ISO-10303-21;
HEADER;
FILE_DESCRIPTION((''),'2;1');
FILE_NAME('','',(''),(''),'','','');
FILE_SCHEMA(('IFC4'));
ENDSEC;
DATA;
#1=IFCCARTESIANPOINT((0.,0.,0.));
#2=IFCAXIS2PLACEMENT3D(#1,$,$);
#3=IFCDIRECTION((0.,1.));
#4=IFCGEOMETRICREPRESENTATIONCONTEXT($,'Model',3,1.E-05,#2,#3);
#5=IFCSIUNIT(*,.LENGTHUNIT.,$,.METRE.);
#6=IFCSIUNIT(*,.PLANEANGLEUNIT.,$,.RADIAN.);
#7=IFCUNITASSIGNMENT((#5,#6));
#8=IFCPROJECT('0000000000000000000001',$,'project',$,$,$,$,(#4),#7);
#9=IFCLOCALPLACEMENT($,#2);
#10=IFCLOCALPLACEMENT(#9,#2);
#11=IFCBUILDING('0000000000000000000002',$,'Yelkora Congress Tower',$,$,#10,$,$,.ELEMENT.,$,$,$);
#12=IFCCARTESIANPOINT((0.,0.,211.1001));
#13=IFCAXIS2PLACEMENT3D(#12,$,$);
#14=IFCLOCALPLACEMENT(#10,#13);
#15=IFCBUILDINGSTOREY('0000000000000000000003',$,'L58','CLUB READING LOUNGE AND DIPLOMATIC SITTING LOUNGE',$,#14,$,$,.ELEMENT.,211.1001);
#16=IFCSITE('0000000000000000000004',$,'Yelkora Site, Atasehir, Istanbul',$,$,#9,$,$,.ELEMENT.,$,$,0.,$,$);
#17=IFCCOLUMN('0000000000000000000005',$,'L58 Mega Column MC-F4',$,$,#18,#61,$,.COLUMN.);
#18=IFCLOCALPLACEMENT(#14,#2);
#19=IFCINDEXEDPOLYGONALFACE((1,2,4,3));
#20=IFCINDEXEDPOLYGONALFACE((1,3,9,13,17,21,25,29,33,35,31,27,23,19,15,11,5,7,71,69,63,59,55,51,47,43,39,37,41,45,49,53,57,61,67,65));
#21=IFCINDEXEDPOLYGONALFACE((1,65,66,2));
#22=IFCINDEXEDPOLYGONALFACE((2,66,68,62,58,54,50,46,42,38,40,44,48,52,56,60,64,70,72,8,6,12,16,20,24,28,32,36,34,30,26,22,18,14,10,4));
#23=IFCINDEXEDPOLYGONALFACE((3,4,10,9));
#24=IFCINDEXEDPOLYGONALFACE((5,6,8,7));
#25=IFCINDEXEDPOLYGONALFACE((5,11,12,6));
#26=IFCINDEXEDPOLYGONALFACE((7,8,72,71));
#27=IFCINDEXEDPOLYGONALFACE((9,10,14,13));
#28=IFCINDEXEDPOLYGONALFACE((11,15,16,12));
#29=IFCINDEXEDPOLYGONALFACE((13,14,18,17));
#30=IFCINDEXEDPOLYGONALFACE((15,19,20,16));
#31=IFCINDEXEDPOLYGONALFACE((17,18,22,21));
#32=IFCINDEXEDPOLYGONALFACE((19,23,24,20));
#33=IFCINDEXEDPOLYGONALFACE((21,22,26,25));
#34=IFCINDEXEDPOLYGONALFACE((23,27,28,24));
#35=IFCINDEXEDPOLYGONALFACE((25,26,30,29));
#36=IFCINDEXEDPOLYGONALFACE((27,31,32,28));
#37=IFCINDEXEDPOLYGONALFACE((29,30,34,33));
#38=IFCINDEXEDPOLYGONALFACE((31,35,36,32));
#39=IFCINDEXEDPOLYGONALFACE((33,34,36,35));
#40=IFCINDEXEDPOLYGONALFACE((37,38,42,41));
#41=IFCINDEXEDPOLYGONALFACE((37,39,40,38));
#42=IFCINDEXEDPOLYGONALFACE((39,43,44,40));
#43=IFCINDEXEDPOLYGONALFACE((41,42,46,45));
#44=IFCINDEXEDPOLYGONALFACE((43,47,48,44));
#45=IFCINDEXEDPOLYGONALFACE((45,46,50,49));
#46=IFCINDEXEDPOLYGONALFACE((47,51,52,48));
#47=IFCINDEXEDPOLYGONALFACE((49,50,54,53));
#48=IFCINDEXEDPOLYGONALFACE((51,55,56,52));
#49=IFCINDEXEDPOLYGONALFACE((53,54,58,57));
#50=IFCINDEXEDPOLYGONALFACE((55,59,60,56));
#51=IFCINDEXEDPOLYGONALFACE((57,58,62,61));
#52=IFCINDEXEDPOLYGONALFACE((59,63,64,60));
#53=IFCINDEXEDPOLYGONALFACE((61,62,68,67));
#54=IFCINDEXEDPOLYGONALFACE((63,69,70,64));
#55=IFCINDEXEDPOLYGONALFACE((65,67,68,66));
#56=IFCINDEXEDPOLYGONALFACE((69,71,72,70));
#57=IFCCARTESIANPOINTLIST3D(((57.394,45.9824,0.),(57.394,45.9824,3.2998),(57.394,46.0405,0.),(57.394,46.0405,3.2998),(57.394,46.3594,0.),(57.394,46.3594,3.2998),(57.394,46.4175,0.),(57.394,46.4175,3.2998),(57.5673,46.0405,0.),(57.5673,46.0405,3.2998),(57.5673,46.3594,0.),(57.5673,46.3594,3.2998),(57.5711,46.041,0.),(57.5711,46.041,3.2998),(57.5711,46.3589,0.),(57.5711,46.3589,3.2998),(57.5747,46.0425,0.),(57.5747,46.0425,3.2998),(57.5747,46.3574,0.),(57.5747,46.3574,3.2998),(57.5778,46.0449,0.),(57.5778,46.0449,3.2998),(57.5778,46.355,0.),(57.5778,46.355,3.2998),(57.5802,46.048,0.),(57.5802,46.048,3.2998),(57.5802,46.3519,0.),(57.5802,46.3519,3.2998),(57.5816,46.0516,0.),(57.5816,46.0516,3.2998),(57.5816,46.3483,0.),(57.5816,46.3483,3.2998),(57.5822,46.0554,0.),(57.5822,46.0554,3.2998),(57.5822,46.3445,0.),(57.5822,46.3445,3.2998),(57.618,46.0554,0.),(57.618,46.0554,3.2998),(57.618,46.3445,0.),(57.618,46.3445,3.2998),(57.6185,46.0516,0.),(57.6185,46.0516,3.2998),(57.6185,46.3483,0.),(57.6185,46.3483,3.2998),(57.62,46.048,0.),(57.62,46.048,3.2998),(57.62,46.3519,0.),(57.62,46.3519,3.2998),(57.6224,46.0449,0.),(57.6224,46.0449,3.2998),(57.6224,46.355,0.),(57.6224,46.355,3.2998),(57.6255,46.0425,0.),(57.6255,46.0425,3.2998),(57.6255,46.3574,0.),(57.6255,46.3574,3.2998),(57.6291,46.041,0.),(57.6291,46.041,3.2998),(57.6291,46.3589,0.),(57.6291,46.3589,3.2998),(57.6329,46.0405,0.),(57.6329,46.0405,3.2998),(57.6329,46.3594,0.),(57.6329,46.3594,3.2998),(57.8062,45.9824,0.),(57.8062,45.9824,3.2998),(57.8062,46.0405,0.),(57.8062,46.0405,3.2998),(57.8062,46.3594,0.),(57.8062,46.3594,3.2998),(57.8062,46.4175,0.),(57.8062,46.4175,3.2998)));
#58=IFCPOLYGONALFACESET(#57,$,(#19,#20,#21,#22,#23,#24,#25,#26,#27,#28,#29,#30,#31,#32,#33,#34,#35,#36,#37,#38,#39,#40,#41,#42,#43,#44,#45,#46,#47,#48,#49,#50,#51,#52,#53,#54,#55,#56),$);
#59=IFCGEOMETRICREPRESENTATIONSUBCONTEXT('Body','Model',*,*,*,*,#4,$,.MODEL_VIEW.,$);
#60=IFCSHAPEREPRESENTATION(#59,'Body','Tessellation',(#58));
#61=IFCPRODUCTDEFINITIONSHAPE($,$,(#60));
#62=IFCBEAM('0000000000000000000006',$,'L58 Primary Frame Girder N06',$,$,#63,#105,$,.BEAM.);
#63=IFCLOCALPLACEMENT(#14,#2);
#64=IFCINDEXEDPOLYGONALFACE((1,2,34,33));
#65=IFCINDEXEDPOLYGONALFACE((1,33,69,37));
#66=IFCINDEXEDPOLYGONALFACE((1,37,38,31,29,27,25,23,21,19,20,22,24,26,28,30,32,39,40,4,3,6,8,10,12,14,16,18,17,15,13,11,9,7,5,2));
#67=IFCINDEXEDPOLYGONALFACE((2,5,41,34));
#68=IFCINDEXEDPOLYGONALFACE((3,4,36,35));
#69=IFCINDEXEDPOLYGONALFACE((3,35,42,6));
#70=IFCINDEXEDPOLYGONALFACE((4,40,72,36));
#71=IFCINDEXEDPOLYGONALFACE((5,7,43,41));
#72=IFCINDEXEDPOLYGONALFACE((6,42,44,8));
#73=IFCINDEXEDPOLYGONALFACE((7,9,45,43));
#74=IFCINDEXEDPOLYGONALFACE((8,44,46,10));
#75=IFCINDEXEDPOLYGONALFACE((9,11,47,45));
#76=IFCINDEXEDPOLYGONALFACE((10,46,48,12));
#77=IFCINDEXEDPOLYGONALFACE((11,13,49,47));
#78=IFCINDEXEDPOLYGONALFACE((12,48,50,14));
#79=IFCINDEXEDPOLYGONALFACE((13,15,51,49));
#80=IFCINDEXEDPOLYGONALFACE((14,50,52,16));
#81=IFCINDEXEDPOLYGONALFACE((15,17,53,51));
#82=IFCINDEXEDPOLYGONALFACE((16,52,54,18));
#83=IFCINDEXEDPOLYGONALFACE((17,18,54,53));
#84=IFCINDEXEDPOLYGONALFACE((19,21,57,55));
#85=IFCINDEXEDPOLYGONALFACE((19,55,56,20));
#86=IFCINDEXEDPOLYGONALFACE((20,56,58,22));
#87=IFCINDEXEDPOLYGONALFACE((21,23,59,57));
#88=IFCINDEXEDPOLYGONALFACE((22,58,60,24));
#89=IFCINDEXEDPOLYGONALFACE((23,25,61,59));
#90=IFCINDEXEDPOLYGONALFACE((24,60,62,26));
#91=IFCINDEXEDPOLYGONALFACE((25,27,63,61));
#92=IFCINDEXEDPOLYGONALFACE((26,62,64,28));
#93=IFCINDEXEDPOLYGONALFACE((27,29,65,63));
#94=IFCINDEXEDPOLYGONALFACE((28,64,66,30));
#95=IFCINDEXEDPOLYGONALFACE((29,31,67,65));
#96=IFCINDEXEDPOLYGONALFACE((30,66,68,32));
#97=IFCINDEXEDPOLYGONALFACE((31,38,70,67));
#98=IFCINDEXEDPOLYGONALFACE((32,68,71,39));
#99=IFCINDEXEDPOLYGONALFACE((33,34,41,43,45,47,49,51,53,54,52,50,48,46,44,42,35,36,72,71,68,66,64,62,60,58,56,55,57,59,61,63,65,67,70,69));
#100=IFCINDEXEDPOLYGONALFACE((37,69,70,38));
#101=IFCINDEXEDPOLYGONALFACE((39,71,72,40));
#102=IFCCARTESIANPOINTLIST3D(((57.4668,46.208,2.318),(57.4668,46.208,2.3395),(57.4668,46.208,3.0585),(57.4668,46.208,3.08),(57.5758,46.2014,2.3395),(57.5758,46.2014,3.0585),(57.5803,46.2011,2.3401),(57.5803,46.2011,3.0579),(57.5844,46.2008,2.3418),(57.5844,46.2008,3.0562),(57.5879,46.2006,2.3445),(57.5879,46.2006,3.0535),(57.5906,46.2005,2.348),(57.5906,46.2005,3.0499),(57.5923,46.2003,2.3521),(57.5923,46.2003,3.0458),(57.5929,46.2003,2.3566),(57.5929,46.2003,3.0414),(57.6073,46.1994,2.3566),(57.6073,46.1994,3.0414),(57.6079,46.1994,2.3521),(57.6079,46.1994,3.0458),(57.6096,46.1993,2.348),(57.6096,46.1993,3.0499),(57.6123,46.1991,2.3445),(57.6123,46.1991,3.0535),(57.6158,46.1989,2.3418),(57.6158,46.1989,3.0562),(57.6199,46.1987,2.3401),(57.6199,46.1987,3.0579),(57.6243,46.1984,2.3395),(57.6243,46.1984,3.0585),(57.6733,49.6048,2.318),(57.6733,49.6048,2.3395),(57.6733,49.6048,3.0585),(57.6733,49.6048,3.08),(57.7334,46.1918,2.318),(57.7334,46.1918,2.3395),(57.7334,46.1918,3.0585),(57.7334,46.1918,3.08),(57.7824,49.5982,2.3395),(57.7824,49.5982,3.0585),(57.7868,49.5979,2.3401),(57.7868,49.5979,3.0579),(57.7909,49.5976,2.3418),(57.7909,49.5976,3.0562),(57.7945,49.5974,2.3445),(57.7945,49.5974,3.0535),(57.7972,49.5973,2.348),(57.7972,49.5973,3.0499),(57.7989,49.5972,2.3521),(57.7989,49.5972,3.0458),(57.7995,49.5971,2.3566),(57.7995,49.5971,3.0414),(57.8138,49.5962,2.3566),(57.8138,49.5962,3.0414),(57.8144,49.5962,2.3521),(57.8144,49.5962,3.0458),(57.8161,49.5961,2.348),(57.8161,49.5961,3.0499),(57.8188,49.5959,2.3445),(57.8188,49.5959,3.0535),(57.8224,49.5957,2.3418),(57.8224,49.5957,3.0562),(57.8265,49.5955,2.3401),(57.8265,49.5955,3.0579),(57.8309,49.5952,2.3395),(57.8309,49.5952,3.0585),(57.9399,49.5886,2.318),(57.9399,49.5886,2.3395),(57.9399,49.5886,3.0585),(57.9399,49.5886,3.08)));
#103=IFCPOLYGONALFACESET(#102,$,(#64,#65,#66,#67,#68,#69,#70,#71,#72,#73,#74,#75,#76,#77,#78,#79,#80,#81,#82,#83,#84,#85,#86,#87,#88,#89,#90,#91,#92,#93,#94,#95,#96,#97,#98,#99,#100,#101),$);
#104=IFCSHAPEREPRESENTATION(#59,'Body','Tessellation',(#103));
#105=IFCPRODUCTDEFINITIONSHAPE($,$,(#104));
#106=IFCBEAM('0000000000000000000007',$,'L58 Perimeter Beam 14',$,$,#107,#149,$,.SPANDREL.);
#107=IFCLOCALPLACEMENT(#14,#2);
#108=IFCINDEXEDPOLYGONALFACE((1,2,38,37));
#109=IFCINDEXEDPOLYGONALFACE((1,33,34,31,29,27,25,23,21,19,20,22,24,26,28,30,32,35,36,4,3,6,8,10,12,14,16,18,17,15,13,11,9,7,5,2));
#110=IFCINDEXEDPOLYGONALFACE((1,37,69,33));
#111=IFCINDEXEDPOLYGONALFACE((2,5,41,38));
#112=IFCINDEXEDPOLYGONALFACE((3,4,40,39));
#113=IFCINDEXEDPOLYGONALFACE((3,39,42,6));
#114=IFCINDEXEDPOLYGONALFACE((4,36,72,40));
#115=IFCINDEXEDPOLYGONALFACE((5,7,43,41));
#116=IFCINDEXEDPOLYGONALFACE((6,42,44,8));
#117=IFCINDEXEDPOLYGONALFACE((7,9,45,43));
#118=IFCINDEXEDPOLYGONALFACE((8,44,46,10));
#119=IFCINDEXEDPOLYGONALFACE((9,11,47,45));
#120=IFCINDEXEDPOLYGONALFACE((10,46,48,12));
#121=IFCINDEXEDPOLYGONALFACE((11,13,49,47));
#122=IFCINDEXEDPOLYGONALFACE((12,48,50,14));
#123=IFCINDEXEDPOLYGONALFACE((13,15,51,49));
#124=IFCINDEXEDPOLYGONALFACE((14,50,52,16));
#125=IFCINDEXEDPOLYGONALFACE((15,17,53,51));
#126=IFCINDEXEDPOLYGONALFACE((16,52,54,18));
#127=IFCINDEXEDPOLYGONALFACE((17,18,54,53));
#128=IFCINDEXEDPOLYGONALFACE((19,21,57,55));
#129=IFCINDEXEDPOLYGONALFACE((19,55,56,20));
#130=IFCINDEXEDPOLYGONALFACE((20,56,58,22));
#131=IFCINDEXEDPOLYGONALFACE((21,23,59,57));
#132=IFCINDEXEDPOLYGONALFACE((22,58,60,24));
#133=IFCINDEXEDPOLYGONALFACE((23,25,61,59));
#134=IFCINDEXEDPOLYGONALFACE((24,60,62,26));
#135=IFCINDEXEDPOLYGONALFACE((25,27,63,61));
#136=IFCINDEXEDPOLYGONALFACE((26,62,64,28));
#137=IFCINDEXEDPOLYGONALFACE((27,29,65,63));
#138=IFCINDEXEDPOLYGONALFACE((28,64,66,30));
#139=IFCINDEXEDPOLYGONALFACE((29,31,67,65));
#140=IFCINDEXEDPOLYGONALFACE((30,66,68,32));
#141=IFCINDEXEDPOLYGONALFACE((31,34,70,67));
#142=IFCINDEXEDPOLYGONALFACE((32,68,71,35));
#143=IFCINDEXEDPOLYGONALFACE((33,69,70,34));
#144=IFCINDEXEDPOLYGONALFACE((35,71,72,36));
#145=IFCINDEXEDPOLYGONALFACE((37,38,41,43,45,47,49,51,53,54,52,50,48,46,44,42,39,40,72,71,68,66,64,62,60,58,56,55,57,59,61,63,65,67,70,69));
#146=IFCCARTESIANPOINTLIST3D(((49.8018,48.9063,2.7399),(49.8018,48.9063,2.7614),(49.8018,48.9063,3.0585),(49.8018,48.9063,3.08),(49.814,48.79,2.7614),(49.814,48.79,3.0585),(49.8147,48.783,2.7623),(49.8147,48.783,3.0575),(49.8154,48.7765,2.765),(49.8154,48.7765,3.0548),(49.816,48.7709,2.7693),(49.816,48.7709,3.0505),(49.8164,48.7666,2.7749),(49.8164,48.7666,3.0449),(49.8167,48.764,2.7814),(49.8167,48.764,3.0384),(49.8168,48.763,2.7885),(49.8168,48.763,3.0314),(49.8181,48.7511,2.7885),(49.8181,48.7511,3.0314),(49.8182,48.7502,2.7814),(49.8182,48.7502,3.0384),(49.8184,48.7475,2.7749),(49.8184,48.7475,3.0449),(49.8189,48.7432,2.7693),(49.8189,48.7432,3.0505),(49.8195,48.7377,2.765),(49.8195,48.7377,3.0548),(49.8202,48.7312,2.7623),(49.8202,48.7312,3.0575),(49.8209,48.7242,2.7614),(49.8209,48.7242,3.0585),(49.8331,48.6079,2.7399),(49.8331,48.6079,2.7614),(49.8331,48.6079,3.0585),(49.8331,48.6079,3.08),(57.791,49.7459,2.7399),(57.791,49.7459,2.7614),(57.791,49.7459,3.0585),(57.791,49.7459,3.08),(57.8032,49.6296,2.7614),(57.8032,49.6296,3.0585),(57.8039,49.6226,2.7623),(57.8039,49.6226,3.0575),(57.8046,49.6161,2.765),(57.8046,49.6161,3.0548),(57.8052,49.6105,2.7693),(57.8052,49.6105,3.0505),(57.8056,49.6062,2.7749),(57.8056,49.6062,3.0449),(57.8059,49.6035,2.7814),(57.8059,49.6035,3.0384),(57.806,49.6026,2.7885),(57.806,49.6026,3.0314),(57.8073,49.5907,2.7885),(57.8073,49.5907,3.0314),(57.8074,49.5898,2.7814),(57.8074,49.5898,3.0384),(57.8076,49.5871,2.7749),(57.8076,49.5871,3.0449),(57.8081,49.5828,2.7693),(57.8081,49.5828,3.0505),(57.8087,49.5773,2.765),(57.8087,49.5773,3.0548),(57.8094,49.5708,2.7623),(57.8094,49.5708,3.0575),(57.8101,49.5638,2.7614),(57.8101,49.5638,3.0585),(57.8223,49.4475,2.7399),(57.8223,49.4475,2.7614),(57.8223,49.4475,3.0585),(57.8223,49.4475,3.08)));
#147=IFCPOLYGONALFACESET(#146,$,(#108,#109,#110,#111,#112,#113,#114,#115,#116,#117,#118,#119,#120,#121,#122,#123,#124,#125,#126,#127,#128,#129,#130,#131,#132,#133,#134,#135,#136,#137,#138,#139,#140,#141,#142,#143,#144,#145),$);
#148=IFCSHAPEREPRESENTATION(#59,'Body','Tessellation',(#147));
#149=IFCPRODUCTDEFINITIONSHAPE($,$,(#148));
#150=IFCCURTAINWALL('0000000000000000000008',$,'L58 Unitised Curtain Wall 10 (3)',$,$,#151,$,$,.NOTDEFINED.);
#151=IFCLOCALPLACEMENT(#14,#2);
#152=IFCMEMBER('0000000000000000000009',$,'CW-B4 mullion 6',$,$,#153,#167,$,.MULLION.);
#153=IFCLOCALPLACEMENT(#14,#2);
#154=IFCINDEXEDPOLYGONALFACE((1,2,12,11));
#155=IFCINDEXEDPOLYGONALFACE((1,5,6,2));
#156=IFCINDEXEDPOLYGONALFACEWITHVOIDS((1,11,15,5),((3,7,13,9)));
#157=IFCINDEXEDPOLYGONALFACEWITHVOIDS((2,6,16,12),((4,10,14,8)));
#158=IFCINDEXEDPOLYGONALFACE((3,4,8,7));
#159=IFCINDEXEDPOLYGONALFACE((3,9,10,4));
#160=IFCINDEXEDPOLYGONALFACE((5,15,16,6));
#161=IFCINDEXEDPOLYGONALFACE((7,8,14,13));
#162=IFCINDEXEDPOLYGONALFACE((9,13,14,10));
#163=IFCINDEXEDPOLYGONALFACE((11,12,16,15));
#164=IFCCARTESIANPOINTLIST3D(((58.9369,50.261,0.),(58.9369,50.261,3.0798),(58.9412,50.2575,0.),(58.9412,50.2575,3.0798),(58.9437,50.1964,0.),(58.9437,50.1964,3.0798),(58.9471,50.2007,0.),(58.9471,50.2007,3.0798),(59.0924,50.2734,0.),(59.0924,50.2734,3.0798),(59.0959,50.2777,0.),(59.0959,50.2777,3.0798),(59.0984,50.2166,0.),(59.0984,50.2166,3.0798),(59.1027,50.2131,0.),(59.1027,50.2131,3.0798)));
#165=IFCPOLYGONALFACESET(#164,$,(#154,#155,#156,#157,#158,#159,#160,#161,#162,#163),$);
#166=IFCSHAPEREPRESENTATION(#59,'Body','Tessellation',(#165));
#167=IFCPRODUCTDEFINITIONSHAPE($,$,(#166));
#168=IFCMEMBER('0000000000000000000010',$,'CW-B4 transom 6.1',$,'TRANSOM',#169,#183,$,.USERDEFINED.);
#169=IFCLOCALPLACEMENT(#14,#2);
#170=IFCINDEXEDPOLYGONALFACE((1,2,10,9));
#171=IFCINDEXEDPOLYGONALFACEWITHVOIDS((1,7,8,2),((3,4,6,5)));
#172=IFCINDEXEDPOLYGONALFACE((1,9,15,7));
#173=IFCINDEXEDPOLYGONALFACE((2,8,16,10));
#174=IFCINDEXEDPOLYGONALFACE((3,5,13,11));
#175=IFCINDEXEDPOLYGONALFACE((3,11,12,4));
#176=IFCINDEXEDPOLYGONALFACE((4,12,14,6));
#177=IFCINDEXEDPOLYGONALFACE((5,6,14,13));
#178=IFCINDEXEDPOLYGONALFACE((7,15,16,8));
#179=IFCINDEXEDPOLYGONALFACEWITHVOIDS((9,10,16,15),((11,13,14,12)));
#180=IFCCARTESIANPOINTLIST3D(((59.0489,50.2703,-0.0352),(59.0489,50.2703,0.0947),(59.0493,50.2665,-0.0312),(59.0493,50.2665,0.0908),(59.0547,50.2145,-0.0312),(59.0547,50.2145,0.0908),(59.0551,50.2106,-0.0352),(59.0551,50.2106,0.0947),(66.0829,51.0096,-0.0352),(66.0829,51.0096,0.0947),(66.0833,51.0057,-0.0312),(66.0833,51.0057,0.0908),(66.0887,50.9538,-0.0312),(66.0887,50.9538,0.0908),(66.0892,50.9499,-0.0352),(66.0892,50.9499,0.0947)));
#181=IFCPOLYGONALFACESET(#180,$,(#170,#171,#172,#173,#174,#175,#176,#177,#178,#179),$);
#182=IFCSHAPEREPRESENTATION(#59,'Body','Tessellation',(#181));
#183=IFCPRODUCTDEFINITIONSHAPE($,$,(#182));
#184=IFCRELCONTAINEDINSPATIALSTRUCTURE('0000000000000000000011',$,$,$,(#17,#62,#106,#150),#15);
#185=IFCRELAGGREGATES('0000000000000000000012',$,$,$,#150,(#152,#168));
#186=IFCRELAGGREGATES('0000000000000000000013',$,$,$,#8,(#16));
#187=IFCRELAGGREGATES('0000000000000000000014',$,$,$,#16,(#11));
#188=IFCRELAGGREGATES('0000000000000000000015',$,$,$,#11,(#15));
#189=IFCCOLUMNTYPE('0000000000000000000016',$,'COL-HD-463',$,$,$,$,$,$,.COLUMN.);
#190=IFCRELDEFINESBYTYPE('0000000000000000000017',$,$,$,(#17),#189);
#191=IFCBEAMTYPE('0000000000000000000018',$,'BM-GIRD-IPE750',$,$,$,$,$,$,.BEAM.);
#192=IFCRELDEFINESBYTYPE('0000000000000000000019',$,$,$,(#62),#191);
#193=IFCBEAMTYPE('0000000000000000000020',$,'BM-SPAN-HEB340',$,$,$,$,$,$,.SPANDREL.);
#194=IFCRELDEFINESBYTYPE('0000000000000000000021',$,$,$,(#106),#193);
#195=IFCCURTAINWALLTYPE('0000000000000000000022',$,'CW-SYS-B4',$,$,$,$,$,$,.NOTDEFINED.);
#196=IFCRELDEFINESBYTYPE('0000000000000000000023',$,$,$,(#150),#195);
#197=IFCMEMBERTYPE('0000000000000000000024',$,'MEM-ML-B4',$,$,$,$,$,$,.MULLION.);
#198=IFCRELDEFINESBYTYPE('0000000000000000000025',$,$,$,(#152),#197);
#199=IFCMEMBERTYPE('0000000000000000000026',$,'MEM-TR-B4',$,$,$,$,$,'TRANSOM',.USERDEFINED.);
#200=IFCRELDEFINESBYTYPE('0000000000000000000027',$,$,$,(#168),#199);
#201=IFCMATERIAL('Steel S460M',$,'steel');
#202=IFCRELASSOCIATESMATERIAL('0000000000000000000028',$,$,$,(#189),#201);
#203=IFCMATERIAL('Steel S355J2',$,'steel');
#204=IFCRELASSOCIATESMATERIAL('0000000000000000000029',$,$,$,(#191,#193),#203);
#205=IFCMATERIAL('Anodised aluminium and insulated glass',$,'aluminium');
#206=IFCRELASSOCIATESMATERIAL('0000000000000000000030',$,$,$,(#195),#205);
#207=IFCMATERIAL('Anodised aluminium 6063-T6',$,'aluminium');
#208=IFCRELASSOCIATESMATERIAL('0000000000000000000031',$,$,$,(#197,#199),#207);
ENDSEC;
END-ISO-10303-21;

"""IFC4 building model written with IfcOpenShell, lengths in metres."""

from ifc_helpers import new_model, si_unit, direction, frame, origin, origin_2d, place, context, subcontext, project, spatial, hollow_rectangle, i_section, extrude, material, material_profile, profile_set, type_object, element, aggregate, save


model = new_model("IFC4")

# Units and contexts
model_context = context("Model", 3, precision=1e-05, world=origin(), true_north=direction((0.0, 1.0)))
body_context = subcontext(model_context, "Body", "Model", "MODEL_VIEW")
ifc_project = project(units=[si_unit("LENGTHUNIT", "METRE"), si_unit("PLANEANGLEUNIT", "RADIAN")], contexts=[model_context])

# Site, building, storey
site_placement = place(None, origin())
site = spatial("IfcSite", under=ifc_project, at=site_placement, Name="Yelkora Site, Atasehir, Istanbul", CompositionType="ELEMENT", RefElevation=0.0)
building_placement = place(site_placement, origin())
building = spatial("IfcBuilding", under=site, at=building_placement, Name="Yelkora Congress Tower", CompositionType="ELEMENT")
storey_placement = place(building_placement, frame((0.0, 0.0, 211.1001)))
storey = spatial("IfcBuildingStorey", under=building, at=storey_placement, Name="L58", Description="CLUB READING LOUNGE AND DIPLOMATIC SITTING LOUNGE", CompositionType="ELEMENT", Elevation=211.1001)

# Column
ifc_material_1 = material(Name="Steel S355J2", Category="steel")
ifc_material_2 = material(Name="Steel S460M", Category="steel")
ifc_material_profile_1 = material_profile(ifc_material_2, i_section(OverallWidth=0.4121, OverallDepth=0.4351, WebThickness=0.0359, FlangeThickness=0.0581, FilletRadius=0.0149, at=origin_2d()), Name="HD 400x463")
ifc_profile_set_1 = profile_set([ifc_material_profile_1], Name="Steel S460M")
column_type_1 = type_object("IfcColumnType", Name="COL-HD-463", PredefinedType="COLUMN", material=ifc_profile_set_1)
for number, where, z_axis, x_axis, name in (
    (1, (57.6001, 46.2, 0.0), (0.0, 0.0, 1.0), (1.0, 0.0, 0.0), "L58 Mega Column MC-F4"),
):
    element("IfcColumn", number, at=place(storey_placement, frame(where, z_axis=z_axis, x_axis=x_axis)), inside=storey, type_object=column_type_1, Name=name, PredefinedType="COLUMN", context=body_context, shape_type="SweptSolid", body=[
        extrude(i_section(OverallWidth=0.4121, OverallDepth=0.4351, WebThickness=0.0359, FlangeThickness=0.0581, FilletRadius=0.0149, at=origin_2d()), origin(), (0.0, 0.0, 1.0), 3.2998),
    ])

# Beams
ifc_material_profile_2 = material_profile(ifc_material_1, i_section(OverallWidth=0.2671, OverallDepth=0.762, WebThickness=0.0144, FlangeThickness=0.0215, FilletRadius=0.0171, at=origin_2d()), Name="IPE 750x173")
ifc_profile_set_2 = profile_set([ifc_material_profile_2], Name="Steel S355J2")
beam_type_1 = type_object("IfcBeamType", Name="BM-GIRD-IPE750", PredefinedType="BEAM", material=ifc_profile_set_2)
beam_1_placement = place(storey_placement, frame((57.8066, 49.5967, 2.699), z_axis=(-0.060694, -0.998156, 0.0), x_axis=(0.998156, -0.060694, 0.0)))
element("IfcBeam", 2, at=beam_1_placement, inside=storey, type_object=beam_type_1, Name="L58 Primary Frame Girder N06", PredefinedType="BEAM", context=body_context, shape_type="SweptSolid", body=[
    extrude(i_section(OverallWidth=0.2671, OverallDepth=0.762, WebThickness=0.0144, FlangeThickness=0.0215, FilletRadius=0.0171, at=origin_2d()), origin(), (0.0, 0.0, 1.0), 3.4031),
])
ifc_material_profile_3 = material_profile(ifc_material_1, i_section(OverallWidth=0.3, OverallDepth=0.3401, WebThickness=0.012, FlangeThickness=0.0215, FilletRadius=0.0271, at=origin_2d()), Name="HEB 340")
ifc_profile_set_3 = profile_set([ifc_material_profile_3], Name="Steel S355J2")
beam_type_2 = type_object("IfcBeamType", Name="BM-SPAN-HEB340", PredefinedType="SPANDREL", material=ifc_profile_set_3)
beam_2_placement = place(storey_placement, frame((57.8066, 49.5967, 2.9099), z_axis=(-0.994523, -0.104516, 0.0), x_axis=(0.104516, -0.994523, 0.0)))
element("IfcBeam", 3, at=beam_2_placement, inside=storey, type_object=beam_type_2, Name="L58 Perimeter Beam 14", PredefinedType="SPANDREL", context=body_context, shape_type="SweptSolid", body=[
    extrude(i_section(OverallWidth=0.3, OverallDepth=0.3401, WebThickness=0.012, FlangeThickness=0.0215, FilletRadius=0.0271, at=origin_2d()), origin(), (0.0, 0.0, 1.0), 8.0332),
])

# Curtain wall, members
ifc_material_3 = material(Name="Anodised aluminium and insulated glass", Category="aluminium")
curtain_wall_type = type_object("IfcCurtainWallType", Name="CW-SYS-B4", PredefinedType="NOTDEFINED", material=ifc_material_3)
curtain_wall_placement = place(storey_placement, origin())
curtain_wall = element("IfcCurtainWall", 4, at=curtain_wall_placement, inside=storey, type_object=curtain_wall_type, Name="L58 Unitised Curtain Wall 10 (3)", PredefinedType="NOTDEFINED")
ifc_material_4 = material(Name="Anodised aluminium 6063-T6", Category="aluminium")
ifc_material_profile_4 = material_profile(ifc_material_4, hollow_rectangle(XDim=0.0649, YDim=0.1599, WallThickness=0.0039, at=origin_2d()), Name="ALU 65x160x4")
ifc_profile_set_4 = profile_set([ifc_material_profile_4], Name="Anodised aluminium 6063-T6")
member_type_1 = type_object("IfcMemberType", Name="MEM-ML-B4", PredefinedType="MULLION", material=ifc_profile_set_4)
member_1_placement = place(storey_placement, frame((59.0198, 50.2371, 0.0), z_axis=(0.0, 0.0, 1.0), x_axis=(-0.104528, 0.994522, 0.0)))
member_1 = element("IfcMember", 5, at=member_1_placement, type_object=member_type_1, Name="CW-B4 mullion 6", PredefinedType="MULLION", context=body_context, shape_type="SweptSolid", body=[
    extrude(hollow_rectangle(XDim=0.0649, YDim=0.1599, WallThickness=0.0039, at=origin_2d()), origin(), (0.0, 0.0, 1.0), 3.0798),
])
ifc_material_profile_5 = material_profile(ifc_material_4, hollow_rectangle(XDim=0.0601, YDim=0.1299, WallThickness=0.0039, at=origin_2d()), Name="ALU 60x130x4")
ifc_profile_set_5 = profile_set([ifc_material_profile_5], Name="Anodised aluminium 6063-T6")
member_type_2 = type_object("IfcMemberType", Name="MEM-TR-B4", ElementType="TRANSOM", PredefinedType="USERDEFINED", material=ifc_profile_set_5)
member_2_placement = place(storey_placement, frame((59.052, 50.2405, 0.0298), z_axis=(0.994522, 0.104523, 0.0), x_axis=(-0.104523, 0.994522, 0.0)))
member_2 = element("IfcMember", 6, at=member_2_placement, type_object=member_type_2, Name="CW-B4 transom 6.1", ObjectType="TRANSOM", PredefinedType="USERDEFINED", context=body_context, shape_type="SweptSolid", body=[
    extrude(hollow_rectangle(XDim=0.0601, YDim=0.1299, WallThickness=0.0039, at=origin_2d()), origin(), (0.0, 0.0, 1.0), 7.0728),
])
aggregate(curtain_wall, [member_1, member_2])

save(model, "model.ifc")
